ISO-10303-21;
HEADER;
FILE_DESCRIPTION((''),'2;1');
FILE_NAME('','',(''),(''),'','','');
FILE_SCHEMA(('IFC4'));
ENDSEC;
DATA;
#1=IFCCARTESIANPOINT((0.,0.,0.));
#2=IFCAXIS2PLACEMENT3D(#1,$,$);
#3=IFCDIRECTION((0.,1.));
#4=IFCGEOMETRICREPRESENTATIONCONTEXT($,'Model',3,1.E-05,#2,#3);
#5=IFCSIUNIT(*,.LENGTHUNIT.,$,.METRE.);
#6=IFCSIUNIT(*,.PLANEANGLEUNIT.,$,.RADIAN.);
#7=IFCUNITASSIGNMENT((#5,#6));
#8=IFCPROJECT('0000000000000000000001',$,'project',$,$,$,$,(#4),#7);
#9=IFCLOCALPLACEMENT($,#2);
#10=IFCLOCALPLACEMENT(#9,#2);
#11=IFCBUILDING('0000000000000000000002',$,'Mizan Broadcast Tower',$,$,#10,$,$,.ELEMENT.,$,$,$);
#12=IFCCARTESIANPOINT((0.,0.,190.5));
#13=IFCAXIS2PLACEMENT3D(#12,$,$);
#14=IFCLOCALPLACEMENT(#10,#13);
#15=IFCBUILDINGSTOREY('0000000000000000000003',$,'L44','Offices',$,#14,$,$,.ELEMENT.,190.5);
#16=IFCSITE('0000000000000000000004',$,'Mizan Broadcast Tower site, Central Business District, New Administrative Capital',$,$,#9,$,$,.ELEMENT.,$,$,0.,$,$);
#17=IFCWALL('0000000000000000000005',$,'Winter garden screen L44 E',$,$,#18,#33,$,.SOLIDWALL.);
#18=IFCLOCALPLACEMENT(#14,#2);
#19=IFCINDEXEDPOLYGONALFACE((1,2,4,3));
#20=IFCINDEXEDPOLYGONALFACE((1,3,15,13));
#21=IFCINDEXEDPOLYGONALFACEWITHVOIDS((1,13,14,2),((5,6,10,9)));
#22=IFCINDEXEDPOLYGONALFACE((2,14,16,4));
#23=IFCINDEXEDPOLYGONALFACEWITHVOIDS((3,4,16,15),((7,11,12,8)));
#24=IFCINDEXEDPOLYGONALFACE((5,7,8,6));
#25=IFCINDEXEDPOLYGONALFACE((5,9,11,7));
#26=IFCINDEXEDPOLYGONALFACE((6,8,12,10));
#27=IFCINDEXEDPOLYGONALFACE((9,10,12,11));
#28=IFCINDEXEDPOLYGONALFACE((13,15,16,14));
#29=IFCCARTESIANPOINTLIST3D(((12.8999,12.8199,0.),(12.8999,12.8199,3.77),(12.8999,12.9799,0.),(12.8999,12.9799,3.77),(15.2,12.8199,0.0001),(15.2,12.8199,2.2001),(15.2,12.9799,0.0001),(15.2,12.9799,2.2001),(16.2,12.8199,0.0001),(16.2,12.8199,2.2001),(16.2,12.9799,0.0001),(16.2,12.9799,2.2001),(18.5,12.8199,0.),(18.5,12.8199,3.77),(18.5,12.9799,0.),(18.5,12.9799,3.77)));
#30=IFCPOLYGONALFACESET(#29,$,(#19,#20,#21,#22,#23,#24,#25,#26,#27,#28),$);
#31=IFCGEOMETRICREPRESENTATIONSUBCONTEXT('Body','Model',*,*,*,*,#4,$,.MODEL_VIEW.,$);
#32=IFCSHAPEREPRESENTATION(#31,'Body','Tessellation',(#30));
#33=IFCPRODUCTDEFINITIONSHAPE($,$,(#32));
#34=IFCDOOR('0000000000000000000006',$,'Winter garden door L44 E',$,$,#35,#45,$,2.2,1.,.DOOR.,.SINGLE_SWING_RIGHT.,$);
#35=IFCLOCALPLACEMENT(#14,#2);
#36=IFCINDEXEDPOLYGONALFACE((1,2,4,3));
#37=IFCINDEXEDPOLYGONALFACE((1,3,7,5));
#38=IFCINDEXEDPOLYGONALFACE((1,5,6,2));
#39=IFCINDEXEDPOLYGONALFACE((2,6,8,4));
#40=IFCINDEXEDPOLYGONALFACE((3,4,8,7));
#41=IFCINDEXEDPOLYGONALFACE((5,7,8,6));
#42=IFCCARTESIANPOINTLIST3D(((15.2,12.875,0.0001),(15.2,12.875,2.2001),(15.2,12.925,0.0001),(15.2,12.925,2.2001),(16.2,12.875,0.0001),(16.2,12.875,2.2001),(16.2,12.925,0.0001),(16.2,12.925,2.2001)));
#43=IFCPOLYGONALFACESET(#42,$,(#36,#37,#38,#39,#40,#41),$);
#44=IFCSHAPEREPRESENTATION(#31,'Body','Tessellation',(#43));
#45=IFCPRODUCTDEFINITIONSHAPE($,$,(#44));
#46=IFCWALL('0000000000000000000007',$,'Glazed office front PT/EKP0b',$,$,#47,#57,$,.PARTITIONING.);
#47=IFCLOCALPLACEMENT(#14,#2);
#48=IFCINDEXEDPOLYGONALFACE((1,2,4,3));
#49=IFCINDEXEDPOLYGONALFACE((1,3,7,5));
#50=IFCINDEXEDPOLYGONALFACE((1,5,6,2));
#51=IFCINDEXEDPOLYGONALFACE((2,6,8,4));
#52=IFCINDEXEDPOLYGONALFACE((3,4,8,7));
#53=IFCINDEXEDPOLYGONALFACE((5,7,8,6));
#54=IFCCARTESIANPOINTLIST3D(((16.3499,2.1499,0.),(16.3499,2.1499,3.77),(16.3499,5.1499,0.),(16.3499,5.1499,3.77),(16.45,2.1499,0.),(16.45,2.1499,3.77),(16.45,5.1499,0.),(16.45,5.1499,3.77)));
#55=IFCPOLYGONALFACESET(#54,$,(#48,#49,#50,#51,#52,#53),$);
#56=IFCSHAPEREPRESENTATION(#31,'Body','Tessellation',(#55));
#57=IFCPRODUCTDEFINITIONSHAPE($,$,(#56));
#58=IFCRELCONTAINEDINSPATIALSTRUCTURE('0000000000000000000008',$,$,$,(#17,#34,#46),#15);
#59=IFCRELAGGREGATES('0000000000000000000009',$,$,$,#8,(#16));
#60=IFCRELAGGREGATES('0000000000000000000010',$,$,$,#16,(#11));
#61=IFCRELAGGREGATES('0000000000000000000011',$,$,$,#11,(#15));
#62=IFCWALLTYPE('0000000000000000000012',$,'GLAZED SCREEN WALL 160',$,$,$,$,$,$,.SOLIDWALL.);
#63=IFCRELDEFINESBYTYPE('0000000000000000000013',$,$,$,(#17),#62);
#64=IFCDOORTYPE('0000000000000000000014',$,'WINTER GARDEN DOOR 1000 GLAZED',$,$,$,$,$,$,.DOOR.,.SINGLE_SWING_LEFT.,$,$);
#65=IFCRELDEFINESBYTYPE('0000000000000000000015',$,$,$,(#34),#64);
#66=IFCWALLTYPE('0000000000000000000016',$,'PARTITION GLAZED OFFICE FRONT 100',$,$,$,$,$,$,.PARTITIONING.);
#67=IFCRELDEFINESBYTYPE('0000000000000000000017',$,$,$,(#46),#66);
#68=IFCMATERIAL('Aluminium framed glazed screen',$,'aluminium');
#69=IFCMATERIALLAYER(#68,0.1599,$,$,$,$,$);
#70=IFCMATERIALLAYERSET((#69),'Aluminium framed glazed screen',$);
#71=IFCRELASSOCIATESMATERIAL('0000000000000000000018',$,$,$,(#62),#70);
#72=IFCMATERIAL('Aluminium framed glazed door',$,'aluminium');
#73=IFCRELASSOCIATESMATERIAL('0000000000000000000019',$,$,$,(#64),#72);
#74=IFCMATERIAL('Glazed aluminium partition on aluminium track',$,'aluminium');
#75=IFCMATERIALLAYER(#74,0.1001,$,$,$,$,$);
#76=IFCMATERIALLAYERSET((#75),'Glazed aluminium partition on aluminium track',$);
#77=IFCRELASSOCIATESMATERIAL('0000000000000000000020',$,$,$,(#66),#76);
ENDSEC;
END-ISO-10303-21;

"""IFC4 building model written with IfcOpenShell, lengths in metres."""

from ifc_helpers import new_model, si_unit, direction, frame, frame_2d, origin, place, context, subcontext, project, spatial, rectangle, extrude, material, layer, layer_set, type_object, element, fill, save


model = new_model("IFC4")

# Units and contexts
model_context = context("Model", 3, precision=1e-05, world=origin(), true_north=direction((0.0, 1.0)))
body_context = subcontext(model_context, "Body", "Model", "MODEL_VIEW")
ifc_project = project(units=[si_unit("LENGTHUNIT", "METRE"), si_unit("PLANEANGLEUNIT", "RADIAN")], contexts=[model_context])

# Site, building, storey
site_placement = place(None, origin())
site = spatial("IfcSite", under=ifc_project, at=site_placement, Name="Mizan Broadcast Tower site, Central Business District, New Administrative Capital", CompositionType="ELEMENT", RefElevation=0.0)
building_placement = place(site_placement, origin())
building = spatial("IfcBuilding", under=site, at=building_placement, Name="Mizan Broadcast Tower", CompositionType="ELEMENT")
storey_placement = place(building_placement, frame((0.0, 0.0, 190.5)))
storey = spatial("IfcBuildingStorey", under=building, at=storey_placement, Name="L44", Description="Offices", CompositionType="ELEMENT", Elevation=190.5)

# Wall, opening, door
ifc_material_1 = material(Name="Aluminium framed glazed screen", Category="aluminium")
ifc_layer_1 = layer(ifc_material_1, 0.1599)
ifc_layer_set_1 = layer_set([ifc_layer_1], Name="Aluminium framed glazed screen")
wall_type_1 = type_object("IfcWallType", Name="GLAZED SCREEN WALL 160", PredefinedType="SOLIDWALL", material=ifc_layer_set_1)
wall_1_placement = place(storey_placement, frame((18.5, 12.8999, 0.0), z_axis=(0.0, 0.0, 1.0), x_axis=(-1.0, 0.0, 0.0)))
wall_1 = element("IfcWall", 1, at=wall_1_placement, inside=storey, type_object=wall_type_1, Name="Winter garden screen L44 E", PredefinedType="SOLIDWALL", context=body_context, shape_type="SweptSolid", body=[
    extrude(rectangle(XDim=5.6001, YDim=0.1599, at=frame_2d((2.8, 0.0))), origin(), (0.0, 0.0, 1.0), 3.77),
])
opening_placement = place(wall_1_placement, frame((2.3, 0.0, 0.0)))
opening = element("IfcOpeningElement", 2, at=opening_placement, cuts=wall_1, PredefinedType="OPENING", context=body_context, shape_type="SweptSolid", body=[
    extrude(rectangle(XDim=1.0, YDim=2.2, at=frame_2d((0.5, 1.1001))), frame((0.0, 0.0898, 0.0), z_axis=(0.0, -1.0, 0.0), x_axis=(1.0, 0.0, 0.0)), (0.0, 0.0, 1.0), 0.1799),
])
ifc_material_2 = material(Name="Aluminium framed glazed door", Category="aluminium")
door_type = type_object("IfcDoorType", Name="WINTER GARDEN DOOR 1000 GLAZED", OperationType="SINGLE_SWING_LEFT", PredefinedType="DOOR", material=ifc_material_2)
door_placement = place(opening_placement, origin())
door = element("IfcDoor", 3, at=door_placement, inside=storey, type_object=door_type, Name="Winter garden door L44 E", OperationType="SINGLE_SWING_RIGHT", OverallHeight=2.2, OverallWidth=1.0, PredefinedType="DOOR", context=body_context, shape_type="SweptSolid", body=[
    extrude(rectangle(XDim=1.0, YDim=2.2, at=frame_2d((0.5, 1.1001))), frame((0.0, 0.0249, 0.0), z_axis=(0.0, -1.0, 0.0), x_axis=(1.0, 0.0, 0.0)), (0.0, 0.0, 1.0), 0.05),
])
fill(opening, door)

# Wall
ifc_material_3 = material(Name="Glazed aluminium partition on aluminium track", Category="aluminium")
ifc_layer_2 = layer(ifc_material_3, 0.1001)
ifc_layer_set_2 = layer_set([ifc_layer_2], Name="Glazed aluminium partition on aluminium track")
wall_type_2 = type_object("IfcWallType", Name="PARTITION GLAZED OFFICE FRONT 100", PredefinedType="PARTITIONING", material=ifc_layer_set_2)
wall_2_placement = place(storey_placement, frame((16.3999, 2.1499, 0.0), z_axis=(0.0, 0.0, 1.0), x_axis=(0.0, 1.0, 0.0)))
element("IfcWall", 4, at=wall_2_placement, inside=storey, type_object=wall_type_2, Name="Glazed office front PT/EKP0b", PredefinedType="PARTITIONING", context=body_context, shape_type="SweptSolid", body=[
    extrude(rectangle(XDim=3.0, YDim=0.1001, at=frame_2d((1.5, 0.0))), origin(), (0.0, 0.0, 1.0), 3.77),
])

save(model, "model.ifc")
